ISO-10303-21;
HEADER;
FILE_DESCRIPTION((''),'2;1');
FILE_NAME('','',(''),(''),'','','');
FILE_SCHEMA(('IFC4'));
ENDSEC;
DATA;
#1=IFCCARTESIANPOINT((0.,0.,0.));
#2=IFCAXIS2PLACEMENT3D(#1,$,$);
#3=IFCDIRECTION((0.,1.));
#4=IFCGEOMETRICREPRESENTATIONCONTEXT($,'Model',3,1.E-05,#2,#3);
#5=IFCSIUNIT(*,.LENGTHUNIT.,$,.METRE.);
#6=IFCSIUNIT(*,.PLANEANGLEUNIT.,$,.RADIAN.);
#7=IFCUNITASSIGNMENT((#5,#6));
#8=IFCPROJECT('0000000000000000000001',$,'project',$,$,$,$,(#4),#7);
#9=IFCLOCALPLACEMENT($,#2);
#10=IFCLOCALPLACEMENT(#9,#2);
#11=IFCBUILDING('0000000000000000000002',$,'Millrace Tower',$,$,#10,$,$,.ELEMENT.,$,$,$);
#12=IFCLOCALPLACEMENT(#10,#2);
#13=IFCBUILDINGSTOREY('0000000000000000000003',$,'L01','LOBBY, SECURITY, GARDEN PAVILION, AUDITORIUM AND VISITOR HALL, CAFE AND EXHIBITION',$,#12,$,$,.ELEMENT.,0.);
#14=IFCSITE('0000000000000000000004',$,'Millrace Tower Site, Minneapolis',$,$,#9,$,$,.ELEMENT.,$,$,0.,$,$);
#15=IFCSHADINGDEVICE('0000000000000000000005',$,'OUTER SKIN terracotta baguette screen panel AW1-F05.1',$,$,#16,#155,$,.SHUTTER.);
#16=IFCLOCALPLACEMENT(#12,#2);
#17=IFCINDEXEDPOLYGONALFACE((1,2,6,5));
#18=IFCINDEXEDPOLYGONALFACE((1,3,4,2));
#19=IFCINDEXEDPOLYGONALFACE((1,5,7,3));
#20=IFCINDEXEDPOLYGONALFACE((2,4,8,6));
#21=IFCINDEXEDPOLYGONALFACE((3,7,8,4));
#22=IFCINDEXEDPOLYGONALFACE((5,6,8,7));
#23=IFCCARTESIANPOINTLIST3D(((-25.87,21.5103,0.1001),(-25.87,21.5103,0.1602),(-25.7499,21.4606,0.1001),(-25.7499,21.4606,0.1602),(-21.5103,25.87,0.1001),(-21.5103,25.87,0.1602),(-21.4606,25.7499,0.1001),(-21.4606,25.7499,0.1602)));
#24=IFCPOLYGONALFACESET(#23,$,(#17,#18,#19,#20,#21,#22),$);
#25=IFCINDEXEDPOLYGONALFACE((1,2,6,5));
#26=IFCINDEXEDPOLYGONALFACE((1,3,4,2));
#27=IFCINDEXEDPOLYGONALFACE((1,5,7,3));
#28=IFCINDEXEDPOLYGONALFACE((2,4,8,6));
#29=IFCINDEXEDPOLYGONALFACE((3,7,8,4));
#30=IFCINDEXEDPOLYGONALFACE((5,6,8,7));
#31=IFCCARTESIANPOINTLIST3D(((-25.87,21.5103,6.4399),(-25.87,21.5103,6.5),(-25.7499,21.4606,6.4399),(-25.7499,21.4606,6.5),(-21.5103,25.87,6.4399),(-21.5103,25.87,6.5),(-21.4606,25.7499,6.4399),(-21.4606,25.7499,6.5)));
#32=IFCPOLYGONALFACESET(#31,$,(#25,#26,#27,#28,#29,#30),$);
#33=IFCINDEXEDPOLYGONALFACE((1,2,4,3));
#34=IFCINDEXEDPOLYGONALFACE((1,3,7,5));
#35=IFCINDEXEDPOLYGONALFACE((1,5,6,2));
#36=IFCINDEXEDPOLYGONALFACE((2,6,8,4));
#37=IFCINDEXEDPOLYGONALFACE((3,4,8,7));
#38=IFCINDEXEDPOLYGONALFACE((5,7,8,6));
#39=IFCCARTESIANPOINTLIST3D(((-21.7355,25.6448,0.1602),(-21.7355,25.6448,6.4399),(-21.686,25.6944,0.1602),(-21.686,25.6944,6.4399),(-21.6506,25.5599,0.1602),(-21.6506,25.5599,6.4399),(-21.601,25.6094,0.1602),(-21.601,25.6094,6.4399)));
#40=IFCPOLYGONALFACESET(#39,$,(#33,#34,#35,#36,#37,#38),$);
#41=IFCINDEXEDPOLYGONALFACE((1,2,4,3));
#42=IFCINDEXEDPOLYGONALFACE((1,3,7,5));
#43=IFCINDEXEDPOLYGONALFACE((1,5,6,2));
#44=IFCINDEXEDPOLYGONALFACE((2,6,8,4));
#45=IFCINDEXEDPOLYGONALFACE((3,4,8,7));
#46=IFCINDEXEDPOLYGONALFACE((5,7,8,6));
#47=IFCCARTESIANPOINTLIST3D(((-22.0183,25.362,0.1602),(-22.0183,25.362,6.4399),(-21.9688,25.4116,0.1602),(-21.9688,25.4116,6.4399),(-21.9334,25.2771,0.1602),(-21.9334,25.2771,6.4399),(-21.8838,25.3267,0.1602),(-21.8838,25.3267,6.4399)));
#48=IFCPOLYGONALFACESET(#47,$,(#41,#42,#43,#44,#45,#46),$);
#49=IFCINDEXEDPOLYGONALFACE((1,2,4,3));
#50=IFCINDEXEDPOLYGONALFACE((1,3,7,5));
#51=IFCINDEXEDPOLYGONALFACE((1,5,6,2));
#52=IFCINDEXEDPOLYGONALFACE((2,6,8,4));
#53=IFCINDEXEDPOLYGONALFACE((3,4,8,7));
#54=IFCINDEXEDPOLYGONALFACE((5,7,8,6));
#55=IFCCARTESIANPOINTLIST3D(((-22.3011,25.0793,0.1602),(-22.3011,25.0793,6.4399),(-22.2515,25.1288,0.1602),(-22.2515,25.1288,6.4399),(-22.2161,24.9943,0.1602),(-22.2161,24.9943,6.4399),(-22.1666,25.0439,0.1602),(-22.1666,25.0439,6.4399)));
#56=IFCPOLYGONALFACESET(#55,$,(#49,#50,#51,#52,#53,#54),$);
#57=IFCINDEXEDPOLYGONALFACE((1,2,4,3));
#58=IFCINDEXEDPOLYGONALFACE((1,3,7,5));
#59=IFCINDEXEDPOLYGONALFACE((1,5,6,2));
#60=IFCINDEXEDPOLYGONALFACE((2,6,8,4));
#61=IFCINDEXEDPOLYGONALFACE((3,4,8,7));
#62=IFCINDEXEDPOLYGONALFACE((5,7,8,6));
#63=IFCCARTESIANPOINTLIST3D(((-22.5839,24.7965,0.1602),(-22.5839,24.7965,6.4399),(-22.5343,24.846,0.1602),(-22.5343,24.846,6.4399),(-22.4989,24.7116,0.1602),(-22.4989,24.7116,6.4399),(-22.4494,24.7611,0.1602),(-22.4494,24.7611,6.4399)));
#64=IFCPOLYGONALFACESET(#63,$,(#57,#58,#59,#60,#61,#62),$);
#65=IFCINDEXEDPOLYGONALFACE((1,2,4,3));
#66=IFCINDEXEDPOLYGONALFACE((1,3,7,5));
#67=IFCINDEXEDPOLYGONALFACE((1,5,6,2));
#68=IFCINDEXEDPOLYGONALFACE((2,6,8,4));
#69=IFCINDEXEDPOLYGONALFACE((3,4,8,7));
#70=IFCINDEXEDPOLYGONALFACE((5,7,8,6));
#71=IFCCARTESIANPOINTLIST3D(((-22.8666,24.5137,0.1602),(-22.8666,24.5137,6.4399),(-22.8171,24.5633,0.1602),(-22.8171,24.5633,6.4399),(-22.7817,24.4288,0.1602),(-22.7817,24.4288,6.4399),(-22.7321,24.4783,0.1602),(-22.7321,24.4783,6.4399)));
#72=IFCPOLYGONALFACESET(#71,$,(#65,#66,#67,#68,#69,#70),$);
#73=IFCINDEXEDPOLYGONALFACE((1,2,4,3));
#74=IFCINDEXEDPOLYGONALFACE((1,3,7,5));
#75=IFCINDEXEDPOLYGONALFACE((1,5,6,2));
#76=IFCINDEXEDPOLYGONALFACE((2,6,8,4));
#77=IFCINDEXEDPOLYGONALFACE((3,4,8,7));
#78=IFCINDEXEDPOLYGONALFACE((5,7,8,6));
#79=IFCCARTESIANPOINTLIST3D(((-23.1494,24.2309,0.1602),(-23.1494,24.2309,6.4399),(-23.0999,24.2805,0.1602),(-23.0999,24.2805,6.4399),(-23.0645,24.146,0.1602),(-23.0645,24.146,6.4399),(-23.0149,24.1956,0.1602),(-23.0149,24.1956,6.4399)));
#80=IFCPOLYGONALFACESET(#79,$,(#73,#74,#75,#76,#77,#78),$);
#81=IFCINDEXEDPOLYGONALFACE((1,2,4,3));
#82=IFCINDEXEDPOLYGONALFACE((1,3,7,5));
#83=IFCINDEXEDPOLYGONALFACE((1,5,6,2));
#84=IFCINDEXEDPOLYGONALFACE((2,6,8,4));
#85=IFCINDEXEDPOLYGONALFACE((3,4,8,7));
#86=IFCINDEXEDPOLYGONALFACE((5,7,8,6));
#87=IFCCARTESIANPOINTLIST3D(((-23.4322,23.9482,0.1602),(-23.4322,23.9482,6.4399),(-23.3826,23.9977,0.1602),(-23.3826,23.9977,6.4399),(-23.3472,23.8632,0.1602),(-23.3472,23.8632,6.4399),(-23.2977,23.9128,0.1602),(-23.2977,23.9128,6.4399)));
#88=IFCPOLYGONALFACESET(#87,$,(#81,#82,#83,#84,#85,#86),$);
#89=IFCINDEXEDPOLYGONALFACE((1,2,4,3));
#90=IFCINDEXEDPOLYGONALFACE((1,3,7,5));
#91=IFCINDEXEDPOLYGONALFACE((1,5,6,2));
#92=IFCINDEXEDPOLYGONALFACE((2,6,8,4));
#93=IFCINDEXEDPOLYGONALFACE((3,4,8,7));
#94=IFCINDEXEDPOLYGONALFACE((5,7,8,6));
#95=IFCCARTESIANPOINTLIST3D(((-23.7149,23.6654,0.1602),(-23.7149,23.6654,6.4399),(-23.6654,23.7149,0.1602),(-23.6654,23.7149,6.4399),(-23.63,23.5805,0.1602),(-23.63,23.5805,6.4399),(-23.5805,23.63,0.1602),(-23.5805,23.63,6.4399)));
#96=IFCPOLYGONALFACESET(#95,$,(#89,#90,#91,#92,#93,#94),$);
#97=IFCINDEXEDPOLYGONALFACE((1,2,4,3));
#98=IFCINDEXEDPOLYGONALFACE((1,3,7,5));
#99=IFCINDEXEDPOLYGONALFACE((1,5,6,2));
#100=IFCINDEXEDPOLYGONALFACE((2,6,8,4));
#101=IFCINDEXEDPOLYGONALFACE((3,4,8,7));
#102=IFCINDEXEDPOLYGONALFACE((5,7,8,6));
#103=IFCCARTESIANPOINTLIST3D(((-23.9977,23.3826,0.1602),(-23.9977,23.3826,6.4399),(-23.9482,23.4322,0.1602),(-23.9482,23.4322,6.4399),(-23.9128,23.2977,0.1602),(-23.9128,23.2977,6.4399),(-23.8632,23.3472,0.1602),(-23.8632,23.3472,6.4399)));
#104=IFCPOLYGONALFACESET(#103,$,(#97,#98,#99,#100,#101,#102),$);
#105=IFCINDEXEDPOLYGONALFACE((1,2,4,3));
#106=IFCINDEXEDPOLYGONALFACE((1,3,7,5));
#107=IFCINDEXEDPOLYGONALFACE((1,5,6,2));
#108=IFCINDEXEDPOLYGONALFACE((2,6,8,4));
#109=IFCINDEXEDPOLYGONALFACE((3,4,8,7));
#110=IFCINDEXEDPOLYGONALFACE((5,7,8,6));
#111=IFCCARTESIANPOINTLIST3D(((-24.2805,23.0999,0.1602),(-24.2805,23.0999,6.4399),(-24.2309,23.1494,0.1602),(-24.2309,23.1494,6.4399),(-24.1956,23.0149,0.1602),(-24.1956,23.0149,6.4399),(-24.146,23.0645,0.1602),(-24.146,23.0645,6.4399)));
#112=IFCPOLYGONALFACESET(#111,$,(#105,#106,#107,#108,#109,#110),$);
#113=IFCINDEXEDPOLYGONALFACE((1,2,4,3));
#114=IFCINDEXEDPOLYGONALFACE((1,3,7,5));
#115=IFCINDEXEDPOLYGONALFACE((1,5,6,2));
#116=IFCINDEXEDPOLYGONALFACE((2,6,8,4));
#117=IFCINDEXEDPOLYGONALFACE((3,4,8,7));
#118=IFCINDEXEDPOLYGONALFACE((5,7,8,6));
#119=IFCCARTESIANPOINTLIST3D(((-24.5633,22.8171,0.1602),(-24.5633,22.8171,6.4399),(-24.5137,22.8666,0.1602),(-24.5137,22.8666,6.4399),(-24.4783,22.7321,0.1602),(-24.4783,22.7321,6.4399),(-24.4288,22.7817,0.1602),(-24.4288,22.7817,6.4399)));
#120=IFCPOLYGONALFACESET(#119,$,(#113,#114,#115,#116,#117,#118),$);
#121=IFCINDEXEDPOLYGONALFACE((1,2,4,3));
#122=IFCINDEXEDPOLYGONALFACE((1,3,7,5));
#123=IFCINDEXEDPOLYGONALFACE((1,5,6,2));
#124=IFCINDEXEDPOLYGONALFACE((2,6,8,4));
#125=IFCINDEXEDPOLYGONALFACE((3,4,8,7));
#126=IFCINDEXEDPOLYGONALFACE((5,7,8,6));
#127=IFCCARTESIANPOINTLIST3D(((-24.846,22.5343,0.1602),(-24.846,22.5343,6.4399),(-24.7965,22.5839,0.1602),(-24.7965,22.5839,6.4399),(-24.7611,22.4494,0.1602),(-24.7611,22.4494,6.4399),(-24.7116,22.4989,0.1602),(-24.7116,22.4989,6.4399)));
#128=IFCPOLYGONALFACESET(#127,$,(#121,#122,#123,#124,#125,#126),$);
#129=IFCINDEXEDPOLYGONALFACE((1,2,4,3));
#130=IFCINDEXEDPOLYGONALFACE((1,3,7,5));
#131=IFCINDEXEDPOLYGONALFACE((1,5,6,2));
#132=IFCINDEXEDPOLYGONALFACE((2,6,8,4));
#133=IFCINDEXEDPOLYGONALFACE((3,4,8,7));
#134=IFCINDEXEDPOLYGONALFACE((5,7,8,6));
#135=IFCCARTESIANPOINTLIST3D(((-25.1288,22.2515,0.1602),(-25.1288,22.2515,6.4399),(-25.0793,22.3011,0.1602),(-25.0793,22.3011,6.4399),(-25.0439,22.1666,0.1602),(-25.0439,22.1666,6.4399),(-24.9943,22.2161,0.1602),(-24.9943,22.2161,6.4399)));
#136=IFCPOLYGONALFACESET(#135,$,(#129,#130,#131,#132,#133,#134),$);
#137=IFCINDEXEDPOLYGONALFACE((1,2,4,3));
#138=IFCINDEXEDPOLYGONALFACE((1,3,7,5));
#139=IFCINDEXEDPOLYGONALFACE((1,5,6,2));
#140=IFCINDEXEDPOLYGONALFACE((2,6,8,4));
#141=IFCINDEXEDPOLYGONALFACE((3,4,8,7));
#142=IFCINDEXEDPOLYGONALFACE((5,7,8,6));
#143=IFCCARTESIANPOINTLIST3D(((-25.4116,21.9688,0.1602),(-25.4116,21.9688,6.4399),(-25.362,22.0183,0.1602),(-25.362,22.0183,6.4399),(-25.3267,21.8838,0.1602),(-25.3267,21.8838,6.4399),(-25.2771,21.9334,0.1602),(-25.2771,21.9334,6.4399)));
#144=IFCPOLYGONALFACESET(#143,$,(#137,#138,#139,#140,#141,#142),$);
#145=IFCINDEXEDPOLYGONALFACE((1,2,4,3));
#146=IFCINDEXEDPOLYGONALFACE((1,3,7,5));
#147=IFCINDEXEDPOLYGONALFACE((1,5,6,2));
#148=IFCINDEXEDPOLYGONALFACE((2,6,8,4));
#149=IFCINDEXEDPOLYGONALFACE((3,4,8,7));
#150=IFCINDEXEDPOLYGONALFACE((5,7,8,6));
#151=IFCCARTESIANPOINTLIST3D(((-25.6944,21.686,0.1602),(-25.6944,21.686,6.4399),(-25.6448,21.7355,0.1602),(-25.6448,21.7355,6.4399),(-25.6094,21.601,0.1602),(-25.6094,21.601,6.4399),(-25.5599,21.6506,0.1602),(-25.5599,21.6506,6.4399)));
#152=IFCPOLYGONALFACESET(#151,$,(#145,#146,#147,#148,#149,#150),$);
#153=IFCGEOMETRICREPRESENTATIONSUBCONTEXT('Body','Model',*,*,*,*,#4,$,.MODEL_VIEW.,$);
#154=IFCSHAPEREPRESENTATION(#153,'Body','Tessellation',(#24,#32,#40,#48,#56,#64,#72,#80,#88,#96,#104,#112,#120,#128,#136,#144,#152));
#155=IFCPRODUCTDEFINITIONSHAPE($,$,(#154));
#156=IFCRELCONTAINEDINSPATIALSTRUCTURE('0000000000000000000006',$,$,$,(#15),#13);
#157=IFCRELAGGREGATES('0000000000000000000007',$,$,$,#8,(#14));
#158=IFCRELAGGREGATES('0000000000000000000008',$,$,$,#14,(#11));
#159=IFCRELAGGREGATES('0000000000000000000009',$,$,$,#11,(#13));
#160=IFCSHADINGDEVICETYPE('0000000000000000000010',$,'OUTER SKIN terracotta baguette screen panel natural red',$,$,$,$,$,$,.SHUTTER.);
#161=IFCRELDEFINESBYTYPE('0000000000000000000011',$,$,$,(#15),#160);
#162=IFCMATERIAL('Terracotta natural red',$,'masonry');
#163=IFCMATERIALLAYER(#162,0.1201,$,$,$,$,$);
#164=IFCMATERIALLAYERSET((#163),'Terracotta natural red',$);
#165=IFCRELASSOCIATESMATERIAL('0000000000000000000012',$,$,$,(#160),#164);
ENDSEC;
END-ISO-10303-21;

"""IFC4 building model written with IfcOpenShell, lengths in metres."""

from ifc_helpers import new_model, entity, si_unit, direction, frame, frame_2d, origin, origin_2d, place, context, subcontext, project, spatial, rectangle, extrude, source, transform, mapped, material, layer, layer_set, type_object, element, save


model = new_model("IFC4")

# Units and contexts
model_context = context("Model", 3, precision=1e-05, world=origin(), true_north=direction((0.0, 1.0)))
body_context = subcontext(model_context, "Body", "Model", "MODEL_VIEW")
ifc_project = project(units=[si_unit("LENGTHUNIT", "METRE"), si_unit("PLANEANGLEUNIT", "RADIAN")], contexts=[model_context])

# Site, building, storey
site_placement = place(None, origin())
site = spatial("IfcSite", under=ifc_project, at=site_placement, Name="Millrace Tower Site, Minneapolis", CompositionType="ELEMENT", RefElevation=0.0)
building_placement = place(site_placement, origin())
building = spatial("IfcBuilding", under=site, at=building_placement, Name="Millrace Tower", CompositionType="ELEMENT")
storey_placement = place(building_placement, origin())
storey = spatial("IfcBuildingStorey", under=building, at=storey_placement, Name="L01", Description="LOBBY, SECURITY, GARDEN PAVILION, AUDITORIUM AND VISITOR HALL, CAFE AND EXHIBITION", CompositionType="ELEMENT", Elevation=0.0)

# Shading device
ifc_material_1 = material(Name="Terracotta natural red", Category="masonry")
ifc_layer_1 = layer(ifc_material_1, 0.1201)
ifc_layer_set_1 = layer_set([ifc_layer_1], Name="Terracotta natural red")
shading_device_type = type_object("IfcShadingDeviceType", Name="OUTER SKIN terracotta baguette screen panel natural red", PredefinedType="SHUTTER", material=ifc_layer_set_1)
cartesian_point_1 = entity("IfcCartesianPoint", [-3.033, 0.0601])
shared_polyline_1 = entity("IfcPolyline", [cartesian_point_1, entity("IfcCartesianPoint", [3.033, 0.0601]), entity("IfcCartesianPoint", [3.0828, -0.0601]), entity("IfcCartesianPoint", [-3.0828, -0.0601]), cartesian_point_1])
shared_shape_1 = source(origin(), body_context, "Body", "SweptSolid", [
    entity("IfcExtrudedAreaSolid", entity("IfcArbitraryClosedProfileDef", "AREA", None, shared_polyline_1), entity("IfcAxis2Placement3D", entity("IfcCartesianPoint", [0.0, 0.0, 0.0])), entity("IfcDirection", [0.0, 0.0, 1.0]), 0.0601),
    entity("IfcExtrudedAreaSolid", entity("IfcArbitraryClosedProfileDef", "AREA", None, shared_polyline_1), entity("IfcAxis2Placement3D", entity("IfcCartesianPoint", [0.0, 0.0, 6.3398])), entity("IfcDirection", [0.0, 0.0, 1.0]), 0.0601),
    extrude(rectangle(XDim=0.0701, YDim=0.1201, at=frame_2d((-2.7993, 0.0))), frame((0.0, 0.0, 0.0601)), (0.0, 0.0, 1.0), 6.2798),
    extrude(rectangle(XDim=0.0701, YDim=0.1201, at=frame_2d((-2.3994, 0.0))), frame((0.0, 0.0, 0.0601)), (0.0, 0.0, 1.0), 6.2798),
    extrude(rectangle(XDim=0.0701, YDim=0.1201, at=frame_2d((-1.9995, 0.0))), frame((0.0, 0.0, 0.0601)), (0.0, 0.0, 1.0), 6.2798),
    extrude(rectangle(XDim=0.0701, YDim=0.1201, at=frame_2d((-1.5996, 0.0))), frame((0.0, 0.0, 0.0601)), (0.0, 0.0, 1.0), 6.2798),
    extrude(rectangle(XDim=0.0701, YDim=0.1201, at=frame_2d((-1.1997, 0.0))), frame((0.0, 0.0, 0.0601)), (0.0, 0.0, 1.0), 6.2798),
    extrude(rectangle(XDim=0.0701, YDim=0.1201, at=frame_2d((-0.7998, 0.0))), frame((0.0, 0.0, 0.0601)), (0.0, 0.0, 1.0), 6.2798),
    extrude(rectangle(XDim=0.0701, YDim=0.1201, at=frame_2d((-0.3999, 0.0))), frame((0.0, 0.0, 0.0601)), (0.0, 0.0, 1.0), 6.2798),
    extrude(rectangle(XDim=0.0701, YDim=0.1201, at=origin_2d()), frame((0.0, 0.0, 0.0601)), (0.0, 0.0, 1.0), 6.2798),
    extrude(rectangle(XDim=0.0701, YDim=0.1201, at=frame_2d((0.3999, 0.0))), frame((0.0, 0.0, 0.0601)), (0.0, 0.0, 1.0), 6.2798),
    extrude(rectangle(XDim=0.0701, YDim=0.1201, at=frame_2d((0.7998, 0.0))), frame((0.0, 0.0, 0.0601)), (0.0, 0.0, 1.0), 6.2798),
    extrude(rectangle(XDim=0.0701, YDim=0.1201, at=frame_2d((1.1997, 0.0))), frame((0.0, 0.0, 0.0601)), (0.0, 0.0, 1.0), 6.2798),
    extrude(rectangle(XDim=0.0701, YDim=0.1201, at=frame_2d((1.5996, 0.0))), frame((0.0, 0.0, 0.0601)), (0.0, 0.0, 1.0), 6.2798),
    extrude(rectangle(XDim=0.0701, YDim=0.1201, at=frame_2d((1.9995, 0.0))), frame((0.0, 0.0, 0.0601)), (0.0, 0.0, 1.0), 6.2798),
    extrude(rectangle(XDim=0.0701, YDim=0.1201, at=frame_2d((2.3994, 0.0))), frame((0.0, 0.0, 0.0601)), (0.0, 0.0, 1.0), 6.2798),
    extrude(rectangle(XDim=0.0701, YDim=0.1201, at=frame_2d((2.7993, 0.0))), frame((0.0, 0.0, 0.0601)), (0.0, 0.0, 1.0), 6.2798),
])
shading_device_1_placement = place(storey_placement, frame((-23.6477, 23.6477, 0.1001), z_axis=(0.0, 0.0, 1.0), x_axis=(-0.707107, -0.707107, 0.0)))
element("IfcShadingDevice", 1, at=shading_device_1_placement, inside=storey, type_object=shading_device_type, Name="OUTER SKIN terracotta baguette screen panel AW1-F05.1", PredefinedType="SHUTTER", context=body_context, shape_type="MappedRepresentation", body=[
    mapped(shared_shape_1, transform((0.0, 0.0, 0.0), scale=1.0)),
])

save(model, "model.ifc")
